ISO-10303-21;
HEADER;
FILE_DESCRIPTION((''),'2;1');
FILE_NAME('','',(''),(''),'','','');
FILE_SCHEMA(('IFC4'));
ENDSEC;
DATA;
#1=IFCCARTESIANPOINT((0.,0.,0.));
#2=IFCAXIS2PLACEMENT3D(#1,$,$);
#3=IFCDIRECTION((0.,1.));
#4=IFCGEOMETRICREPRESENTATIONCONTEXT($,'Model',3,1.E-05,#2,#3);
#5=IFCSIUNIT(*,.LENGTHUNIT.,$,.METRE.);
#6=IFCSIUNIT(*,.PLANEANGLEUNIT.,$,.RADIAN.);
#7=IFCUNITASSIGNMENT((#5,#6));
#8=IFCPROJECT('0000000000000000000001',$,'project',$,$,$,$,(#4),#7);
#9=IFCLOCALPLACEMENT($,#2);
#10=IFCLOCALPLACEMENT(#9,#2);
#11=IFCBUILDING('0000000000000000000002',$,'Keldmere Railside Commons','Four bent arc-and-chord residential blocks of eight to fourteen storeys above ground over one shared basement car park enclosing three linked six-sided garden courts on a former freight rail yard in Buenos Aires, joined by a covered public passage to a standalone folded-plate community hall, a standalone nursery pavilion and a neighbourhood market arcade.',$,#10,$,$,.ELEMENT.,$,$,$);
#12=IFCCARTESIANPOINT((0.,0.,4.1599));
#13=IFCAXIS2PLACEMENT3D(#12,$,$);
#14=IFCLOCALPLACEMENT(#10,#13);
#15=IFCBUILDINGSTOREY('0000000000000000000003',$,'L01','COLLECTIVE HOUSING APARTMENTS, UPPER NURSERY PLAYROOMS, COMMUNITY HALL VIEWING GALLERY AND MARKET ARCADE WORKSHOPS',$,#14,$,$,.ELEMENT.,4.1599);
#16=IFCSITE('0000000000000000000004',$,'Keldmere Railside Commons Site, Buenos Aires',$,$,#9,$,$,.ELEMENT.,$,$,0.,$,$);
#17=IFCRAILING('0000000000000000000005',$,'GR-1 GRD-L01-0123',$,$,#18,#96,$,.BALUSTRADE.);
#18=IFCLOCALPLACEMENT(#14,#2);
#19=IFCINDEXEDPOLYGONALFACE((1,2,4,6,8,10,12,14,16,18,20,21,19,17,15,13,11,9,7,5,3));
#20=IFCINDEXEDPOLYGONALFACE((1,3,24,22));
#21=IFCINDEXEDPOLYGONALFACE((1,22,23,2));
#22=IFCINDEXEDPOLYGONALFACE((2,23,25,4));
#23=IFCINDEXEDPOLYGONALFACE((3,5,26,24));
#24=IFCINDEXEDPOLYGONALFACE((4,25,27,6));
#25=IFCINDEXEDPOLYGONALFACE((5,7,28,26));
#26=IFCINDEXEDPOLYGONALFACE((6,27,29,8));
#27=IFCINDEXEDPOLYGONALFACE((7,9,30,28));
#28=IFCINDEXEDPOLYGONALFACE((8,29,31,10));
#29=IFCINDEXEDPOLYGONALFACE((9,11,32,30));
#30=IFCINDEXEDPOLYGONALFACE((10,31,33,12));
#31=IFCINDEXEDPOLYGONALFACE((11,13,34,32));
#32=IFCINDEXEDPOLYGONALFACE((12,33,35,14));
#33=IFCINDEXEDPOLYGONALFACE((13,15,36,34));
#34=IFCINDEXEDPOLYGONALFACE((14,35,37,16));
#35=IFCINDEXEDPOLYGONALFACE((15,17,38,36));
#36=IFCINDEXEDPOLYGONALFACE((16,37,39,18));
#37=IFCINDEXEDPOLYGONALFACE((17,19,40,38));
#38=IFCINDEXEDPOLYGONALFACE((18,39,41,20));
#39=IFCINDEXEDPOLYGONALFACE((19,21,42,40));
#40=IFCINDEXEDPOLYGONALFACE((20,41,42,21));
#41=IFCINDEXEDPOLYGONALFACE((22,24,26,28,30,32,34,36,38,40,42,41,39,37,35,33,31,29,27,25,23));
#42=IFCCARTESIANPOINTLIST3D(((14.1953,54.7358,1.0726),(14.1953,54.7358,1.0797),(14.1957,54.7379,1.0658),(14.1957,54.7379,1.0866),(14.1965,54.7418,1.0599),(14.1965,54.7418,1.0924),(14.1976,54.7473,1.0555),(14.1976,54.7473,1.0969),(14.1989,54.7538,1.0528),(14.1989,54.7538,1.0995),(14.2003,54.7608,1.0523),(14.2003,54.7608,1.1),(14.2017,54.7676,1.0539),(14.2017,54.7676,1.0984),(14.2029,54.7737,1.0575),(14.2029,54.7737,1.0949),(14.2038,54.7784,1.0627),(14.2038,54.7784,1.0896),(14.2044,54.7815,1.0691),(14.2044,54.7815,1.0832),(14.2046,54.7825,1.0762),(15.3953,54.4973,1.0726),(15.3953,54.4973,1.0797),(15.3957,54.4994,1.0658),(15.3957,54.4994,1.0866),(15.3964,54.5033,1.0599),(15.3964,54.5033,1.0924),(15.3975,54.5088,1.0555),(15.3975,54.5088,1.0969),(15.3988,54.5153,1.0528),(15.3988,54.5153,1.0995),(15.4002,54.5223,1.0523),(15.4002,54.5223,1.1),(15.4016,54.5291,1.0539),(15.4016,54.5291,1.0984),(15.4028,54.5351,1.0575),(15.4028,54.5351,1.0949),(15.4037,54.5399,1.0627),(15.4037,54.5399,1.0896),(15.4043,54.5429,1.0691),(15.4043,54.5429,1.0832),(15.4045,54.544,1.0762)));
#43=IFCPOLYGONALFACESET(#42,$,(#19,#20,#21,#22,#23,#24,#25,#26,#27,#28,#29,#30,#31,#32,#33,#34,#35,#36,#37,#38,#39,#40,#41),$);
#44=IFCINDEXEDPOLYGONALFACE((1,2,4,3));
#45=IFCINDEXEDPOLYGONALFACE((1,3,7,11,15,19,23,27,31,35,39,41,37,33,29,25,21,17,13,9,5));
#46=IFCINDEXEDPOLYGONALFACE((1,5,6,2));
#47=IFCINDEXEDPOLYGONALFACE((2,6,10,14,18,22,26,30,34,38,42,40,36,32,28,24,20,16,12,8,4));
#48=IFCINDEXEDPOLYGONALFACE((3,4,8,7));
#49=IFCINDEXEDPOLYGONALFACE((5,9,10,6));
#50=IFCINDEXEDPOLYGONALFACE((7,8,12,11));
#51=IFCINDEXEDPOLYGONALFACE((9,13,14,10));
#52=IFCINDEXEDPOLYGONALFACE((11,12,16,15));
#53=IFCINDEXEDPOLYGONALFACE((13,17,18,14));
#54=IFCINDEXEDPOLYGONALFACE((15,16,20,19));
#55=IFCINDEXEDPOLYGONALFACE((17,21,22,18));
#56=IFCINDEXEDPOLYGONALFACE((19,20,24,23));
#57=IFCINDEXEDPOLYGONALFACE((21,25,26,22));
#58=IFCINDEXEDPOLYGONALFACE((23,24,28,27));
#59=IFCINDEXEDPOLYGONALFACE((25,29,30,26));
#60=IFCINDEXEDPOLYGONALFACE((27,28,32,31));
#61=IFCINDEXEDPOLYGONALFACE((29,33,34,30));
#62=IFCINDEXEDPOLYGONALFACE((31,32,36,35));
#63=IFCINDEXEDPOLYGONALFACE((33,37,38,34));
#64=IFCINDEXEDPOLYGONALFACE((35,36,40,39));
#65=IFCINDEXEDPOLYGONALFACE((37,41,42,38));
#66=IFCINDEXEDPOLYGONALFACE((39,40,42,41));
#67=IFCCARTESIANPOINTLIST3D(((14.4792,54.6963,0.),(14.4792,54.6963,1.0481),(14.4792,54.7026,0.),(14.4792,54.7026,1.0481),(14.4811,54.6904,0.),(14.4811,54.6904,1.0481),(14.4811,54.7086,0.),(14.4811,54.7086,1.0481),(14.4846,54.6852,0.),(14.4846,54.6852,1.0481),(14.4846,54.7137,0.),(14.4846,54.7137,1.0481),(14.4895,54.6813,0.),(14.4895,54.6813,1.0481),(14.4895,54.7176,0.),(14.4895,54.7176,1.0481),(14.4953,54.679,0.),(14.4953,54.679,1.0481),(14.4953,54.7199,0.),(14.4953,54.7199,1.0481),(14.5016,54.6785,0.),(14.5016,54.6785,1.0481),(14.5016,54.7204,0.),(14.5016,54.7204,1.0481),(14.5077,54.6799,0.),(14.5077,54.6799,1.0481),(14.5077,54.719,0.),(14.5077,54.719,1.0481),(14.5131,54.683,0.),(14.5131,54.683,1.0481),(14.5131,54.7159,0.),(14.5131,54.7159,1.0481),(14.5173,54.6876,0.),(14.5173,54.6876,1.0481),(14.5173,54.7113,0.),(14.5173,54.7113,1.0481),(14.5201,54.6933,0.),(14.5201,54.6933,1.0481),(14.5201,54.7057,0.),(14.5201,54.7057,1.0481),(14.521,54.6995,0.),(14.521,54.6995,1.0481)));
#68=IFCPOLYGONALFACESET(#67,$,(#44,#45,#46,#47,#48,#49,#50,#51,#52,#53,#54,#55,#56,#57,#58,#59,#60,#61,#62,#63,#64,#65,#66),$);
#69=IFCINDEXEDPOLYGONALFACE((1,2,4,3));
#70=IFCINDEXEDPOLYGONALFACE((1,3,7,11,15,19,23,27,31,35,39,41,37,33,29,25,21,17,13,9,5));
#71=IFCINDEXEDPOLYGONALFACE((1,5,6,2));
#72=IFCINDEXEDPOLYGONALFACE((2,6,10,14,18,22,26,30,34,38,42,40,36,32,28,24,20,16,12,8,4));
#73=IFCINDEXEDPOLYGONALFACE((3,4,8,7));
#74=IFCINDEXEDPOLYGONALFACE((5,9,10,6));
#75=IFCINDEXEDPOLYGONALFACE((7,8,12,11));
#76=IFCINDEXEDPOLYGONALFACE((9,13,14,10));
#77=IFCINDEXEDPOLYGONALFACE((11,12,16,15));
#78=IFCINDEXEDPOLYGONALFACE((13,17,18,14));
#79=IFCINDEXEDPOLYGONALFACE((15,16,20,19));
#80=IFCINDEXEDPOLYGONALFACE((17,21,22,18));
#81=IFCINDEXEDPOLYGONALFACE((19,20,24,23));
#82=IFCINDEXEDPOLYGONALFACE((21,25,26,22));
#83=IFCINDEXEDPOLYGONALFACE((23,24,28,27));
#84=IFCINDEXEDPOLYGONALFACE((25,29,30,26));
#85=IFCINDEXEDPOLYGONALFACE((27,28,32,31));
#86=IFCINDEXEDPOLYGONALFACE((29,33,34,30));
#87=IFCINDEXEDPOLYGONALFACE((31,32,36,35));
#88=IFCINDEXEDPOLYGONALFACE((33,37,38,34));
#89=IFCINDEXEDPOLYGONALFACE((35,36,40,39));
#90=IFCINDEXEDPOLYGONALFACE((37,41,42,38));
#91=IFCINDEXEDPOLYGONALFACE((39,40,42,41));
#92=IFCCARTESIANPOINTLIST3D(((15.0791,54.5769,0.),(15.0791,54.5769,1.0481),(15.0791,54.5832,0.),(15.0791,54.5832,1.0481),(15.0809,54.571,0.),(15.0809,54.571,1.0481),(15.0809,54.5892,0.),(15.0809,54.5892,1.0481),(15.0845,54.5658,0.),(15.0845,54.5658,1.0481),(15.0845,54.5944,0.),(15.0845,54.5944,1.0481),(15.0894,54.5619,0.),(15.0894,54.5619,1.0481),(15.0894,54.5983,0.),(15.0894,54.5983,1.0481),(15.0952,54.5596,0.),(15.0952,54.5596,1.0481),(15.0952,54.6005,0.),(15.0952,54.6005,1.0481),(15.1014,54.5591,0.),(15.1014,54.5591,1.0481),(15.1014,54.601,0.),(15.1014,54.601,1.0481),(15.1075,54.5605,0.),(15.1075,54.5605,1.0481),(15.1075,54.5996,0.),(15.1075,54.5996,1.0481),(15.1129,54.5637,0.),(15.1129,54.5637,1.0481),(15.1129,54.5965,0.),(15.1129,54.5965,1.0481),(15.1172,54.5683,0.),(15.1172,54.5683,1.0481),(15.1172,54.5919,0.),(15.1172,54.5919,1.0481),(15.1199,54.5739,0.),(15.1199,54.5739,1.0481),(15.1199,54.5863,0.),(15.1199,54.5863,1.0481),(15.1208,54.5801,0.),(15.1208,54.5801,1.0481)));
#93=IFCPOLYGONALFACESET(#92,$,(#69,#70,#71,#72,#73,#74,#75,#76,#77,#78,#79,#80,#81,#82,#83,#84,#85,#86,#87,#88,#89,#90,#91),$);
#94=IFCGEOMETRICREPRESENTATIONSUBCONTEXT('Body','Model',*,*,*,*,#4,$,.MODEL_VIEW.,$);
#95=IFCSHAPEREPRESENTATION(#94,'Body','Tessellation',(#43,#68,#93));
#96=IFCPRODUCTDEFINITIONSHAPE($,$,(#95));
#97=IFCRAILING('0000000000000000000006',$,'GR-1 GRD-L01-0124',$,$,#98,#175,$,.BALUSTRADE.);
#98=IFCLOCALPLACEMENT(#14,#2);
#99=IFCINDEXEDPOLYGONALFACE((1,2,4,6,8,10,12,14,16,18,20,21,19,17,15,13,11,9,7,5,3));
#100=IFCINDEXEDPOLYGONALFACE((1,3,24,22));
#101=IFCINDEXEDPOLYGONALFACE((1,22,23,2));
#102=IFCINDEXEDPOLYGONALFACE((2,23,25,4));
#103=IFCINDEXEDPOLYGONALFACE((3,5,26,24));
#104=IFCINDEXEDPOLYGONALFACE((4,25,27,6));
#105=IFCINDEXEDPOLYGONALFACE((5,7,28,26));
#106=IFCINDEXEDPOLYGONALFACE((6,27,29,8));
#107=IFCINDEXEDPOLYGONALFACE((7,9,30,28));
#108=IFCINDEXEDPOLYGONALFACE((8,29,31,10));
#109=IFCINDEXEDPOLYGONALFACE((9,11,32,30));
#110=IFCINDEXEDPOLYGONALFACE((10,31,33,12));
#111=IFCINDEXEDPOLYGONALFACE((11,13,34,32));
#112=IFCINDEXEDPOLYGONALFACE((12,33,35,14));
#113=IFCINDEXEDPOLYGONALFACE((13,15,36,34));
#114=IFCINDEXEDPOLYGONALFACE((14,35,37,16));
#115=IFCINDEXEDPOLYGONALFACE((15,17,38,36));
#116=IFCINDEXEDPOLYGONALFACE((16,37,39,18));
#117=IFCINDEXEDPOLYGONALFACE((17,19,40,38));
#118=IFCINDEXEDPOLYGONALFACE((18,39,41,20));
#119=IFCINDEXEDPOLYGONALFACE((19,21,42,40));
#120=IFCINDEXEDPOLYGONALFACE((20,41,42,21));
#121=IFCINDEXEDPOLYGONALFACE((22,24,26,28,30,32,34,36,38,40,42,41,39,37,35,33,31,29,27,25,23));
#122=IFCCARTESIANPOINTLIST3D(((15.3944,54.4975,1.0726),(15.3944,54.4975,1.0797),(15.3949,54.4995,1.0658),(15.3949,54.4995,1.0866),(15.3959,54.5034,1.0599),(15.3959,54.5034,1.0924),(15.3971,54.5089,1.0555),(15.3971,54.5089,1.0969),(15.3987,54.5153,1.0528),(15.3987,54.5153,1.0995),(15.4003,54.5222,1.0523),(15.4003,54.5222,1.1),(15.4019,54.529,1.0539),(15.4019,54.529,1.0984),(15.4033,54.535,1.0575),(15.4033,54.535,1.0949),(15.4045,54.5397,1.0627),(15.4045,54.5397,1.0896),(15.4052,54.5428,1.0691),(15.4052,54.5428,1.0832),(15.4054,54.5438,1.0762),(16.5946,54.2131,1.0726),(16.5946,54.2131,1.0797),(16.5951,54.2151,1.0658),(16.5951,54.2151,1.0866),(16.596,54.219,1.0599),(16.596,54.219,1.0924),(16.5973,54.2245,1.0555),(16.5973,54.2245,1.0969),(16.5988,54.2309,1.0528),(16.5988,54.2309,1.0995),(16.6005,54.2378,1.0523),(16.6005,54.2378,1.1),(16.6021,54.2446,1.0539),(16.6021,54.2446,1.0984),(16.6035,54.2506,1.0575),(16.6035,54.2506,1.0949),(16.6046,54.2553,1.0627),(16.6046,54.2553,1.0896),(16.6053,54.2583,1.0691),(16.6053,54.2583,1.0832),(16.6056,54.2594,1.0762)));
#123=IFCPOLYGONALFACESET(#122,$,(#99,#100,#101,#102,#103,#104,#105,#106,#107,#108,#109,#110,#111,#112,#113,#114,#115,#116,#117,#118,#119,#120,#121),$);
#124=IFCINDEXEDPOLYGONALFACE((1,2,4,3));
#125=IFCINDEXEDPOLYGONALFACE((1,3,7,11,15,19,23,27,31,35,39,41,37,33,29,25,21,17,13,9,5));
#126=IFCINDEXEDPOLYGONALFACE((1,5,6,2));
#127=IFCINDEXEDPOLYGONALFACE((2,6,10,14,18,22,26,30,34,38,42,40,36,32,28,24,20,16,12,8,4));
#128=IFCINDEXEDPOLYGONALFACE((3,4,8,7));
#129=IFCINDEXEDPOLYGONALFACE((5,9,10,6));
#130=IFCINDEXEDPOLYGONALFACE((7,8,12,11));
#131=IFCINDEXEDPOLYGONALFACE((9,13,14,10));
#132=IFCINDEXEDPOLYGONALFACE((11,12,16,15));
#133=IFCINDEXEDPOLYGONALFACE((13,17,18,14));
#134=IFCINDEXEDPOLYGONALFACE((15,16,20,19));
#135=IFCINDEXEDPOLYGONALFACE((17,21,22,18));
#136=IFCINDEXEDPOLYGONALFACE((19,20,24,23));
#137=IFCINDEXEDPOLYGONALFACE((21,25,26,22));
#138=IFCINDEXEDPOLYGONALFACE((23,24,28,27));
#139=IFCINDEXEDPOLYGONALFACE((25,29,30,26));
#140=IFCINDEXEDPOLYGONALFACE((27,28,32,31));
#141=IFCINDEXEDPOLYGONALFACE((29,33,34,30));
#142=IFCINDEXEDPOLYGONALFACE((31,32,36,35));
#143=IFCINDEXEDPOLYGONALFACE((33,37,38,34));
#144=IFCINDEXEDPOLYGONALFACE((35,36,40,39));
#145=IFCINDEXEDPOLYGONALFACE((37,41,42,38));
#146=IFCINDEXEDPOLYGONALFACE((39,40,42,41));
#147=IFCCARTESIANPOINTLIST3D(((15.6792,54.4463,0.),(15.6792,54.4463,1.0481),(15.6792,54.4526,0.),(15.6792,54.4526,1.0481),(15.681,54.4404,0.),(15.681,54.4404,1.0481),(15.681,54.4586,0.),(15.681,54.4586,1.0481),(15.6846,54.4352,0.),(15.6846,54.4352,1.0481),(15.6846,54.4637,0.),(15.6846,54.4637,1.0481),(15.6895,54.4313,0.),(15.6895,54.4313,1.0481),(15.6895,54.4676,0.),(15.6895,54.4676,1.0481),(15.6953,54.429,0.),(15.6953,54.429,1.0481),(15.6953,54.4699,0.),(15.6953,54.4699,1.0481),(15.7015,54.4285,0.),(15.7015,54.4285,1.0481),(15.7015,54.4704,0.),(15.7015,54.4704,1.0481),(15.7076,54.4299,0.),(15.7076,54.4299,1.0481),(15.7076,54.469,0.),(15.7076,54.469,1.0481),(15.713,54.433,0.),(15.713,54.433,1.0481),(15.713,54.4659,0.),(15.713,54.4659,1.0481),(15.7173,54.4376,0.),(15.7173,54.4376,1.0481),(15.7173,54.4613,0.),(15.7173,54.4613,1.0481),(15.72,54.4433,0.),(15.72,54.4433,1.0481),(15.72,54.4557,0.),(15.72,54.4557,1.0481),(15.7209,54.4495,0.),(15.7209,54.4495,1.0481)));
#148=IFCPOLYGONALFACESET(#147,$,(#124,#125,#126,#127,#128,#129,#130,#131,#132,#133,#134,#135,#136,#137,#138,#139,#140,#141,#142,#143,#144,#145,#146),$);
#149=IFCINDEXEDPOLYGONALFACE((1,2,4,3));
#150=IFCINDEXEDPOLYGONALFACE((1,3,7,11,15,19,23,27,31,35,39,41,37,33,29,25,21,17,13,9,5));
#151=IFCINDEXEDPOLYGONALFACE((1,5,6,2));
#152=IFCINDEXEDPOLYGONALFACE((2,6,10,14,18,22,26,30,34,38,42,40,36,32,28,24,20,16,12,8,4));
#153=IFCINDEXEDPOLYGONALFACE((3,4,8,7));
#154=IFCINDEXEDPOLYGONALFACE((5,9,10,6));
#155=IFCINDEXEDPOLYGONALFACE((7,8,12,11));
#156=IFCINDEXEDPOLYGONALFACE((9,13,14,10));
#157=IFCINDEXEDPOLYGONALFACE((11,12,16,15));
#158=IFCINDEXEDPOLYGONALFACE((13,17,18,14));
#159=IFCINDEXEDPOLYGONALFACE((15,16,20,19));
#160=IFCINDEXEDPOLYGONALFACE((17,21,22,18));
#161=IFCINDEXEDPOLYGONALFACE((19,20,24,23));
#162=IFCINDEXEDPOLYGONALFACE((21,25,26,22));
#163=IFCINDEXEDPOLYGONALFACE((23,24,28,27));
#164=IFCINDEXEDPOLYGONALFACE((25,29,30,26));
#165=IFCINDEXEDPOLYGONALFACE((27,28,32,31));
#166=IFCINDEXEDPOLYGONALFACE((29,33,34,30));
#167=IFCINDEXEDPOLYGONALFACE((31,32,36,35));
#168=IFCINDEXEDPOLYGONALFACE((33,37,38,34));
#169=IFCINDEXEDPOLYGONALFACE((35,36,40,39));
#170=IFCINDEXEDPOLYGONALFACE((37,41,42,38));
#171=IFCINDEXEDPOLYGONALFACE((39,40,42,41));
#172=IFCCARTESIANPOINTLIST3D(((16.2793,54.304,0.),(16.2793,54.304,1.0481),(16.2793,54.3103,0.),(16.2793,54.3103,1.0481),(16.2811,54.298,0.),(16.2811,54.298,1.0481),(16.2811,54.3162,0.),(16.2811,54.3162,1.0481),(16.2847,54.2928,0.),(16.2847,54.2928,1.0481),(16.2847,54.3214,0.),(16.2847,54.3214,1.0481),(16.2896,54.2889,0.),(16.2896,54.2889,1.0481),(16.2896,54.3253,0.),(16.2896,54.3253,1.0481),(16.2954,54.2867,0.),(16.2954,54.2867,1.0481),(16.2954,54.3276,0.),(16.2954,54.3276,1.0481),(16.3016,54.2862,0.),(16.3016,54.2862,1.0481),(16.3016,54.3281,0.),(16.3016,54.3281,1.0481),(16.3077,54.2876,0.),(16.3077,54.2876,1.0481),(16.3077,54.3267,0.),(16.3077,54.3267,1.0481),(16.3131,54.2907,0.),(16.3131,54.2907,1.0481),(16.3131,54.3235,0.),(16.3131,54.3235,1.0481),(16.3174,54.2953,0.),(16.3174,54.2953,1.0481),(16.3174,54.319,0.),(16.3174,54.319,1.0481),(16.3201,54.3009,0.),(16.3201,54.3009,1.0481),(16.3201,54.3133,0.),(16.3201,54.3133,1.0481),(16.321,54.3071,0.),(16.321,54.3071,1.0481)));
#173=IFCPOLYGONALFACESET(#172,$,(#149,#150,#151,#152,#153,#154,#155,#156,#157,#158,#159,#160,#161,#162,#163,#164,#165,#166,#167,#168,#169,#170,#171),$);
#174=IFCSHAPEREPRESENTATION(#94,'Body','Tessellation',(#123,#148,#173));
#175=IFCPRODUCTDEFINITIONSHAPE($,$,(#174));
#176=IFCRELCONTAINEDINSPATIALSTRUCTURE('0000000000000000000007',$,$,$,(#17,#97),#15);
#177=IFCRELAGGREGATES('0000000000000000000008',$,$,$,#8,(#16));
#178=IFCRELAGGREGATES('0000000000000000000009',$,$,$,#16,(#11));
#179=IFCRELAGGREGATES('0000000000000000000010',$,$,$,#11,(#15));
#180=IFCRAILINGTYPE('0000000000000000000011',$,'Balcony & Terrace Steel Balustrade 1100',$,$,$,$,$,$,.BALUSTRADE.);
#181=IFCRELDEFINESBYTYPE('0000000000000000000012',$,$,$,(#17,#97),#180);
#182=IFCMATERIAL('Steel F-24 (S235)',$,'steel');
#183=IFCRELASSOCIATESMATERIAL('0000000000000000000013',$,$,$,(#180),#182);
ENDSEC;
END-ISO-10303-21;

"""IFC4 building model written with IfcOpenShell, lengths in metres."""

from ifc_helpers import new_model, si_unit, direction, frame, origin, origin_2d, place, context, subcontext, project, spatial, circle, extrude, material, type_object, element, save


model = new_model("IFC4")

# Units and contexts
model_context = context("Model", 3, precision=1e-05, world=origin(), true_north=direction((0.0, 1.0)))
body_context = subcontext(model_context, "Body", "Model", "MODEL_VIEW")
ifc_project = project(units=[si_unit("LENGTHUNIT", "METRE"), si_unit("PLANEANGLEUNIT", "RADIAN")], contexts=[model_context])

# Site, building, storey
site_placement = place(None, origin())
site = spatial("IfcSite", under=ifc_project, at=site_placement, Name="Keldmere Railside Commons Site, Buenos Aires", CompositionType="ELEMENT", RefElevation=0.0)
building_placement = place(site_placement, origin())
building = spatial("IfcBuilding", under=site, at=building_placement, Name="Keldmere Railside Commons", Description="Four bent arc-and-chord residential blocks of eight to fourteen storeys above ground over one shared basement car park enclosing three linked six-sided garden courts on a former freight rail yard in Buenos Aires, joined by a covered public passage to a standalone folded-plate community hall, a standalone nursery pavilion and a neighbourhood market arcade.", CompositionType="ELEMENT")
storey_placement = place(building_placement, frame((0.0, 0.0, 4.1599)))
storey = spatial("IfcBuildingStorey", under=building, at=storey_placement, Name="L01", Description="COLLECTIVE HOUSING APARTMENTS, UPPER NURSERY PLAYROOMS, COMMUNITY HALL VIEWING GALLERY AND MARKET ARCADE WORKSHOPS", CompositionType="ELEMENT", Elevation=4.1599)

# Shared definitions
ifc_material_1 = material(Name="Steel F-24 (S235)", Category="steel")

# Railings
railing_type = type_object("IfcRailingType", Name="Balcony & Terrace Steel Balustrade 1100", PredefinedType="BALUSTRADE", material=ifc_material_1)
railing_1_placement = place(storey_placement, frame((14.2, 54.759, 0.0)))
element("IfcRailing", 1, at=railing_1_placement, inside=storey, type_object=railing_type, Name="GR-1 GRD-L01-0123", PredefinedType="BALUSTRADE", context=body_context, shape_type="SweptSolid", body=[
    extrude(circle(Radius=0.0239, at=origin_2d()), frame((0.0, 0.0, 1.0762), z_axis=(0.98081, -0.194965, 0.0), x_axis=(0.194965, 0.98081, 0.0)), (0.0, 0.0, 1.0), 1.2234),
    extrude(circle(Radius=0.021, at=origin_2d()), frame((0.3, -0.0596, 0.0)), (0.0, 0.0, 1.0), 1.0481),
    extrude(circle(Radius=0.021, at=origin_2d()), frame((0.8999, -0.179, 0.0)), (0.0, 0.0, 1.0), 1.0481),
])
railing_2_placement = place(storey_placement, frame((15.3999, 54.5205, 0.0)))
element("IfcRailing", 2, at=railing_2_placement, inside=storey, type_object=railing_type, Name="GR-1 GRD-L01-0124", PredefinedType="BALUSTRADE", context=body_context, shape_type="SweptSolid", body=[
    extrude(circle(Radius=0.0239, at=origin_2d()), frame((0.0, 0.0, 1.0762), z_axis=(0.97305, -0.230595, 0.0), x_axis=(0.230595, 0.97305, 0.0)), (0.0, 0.0, 1.0), 1.2334),
    extrude(circle(Radius=0.021, at=origin_2d()), frame((0.3, -0.071, 0.0)), (0.0, 0.0, 1.0), 1.0481),
    extrude(circle(Radius=0.021, at=origin_2d()), frame((0.9001, -0.2134, 0.0)), (0.0, 0.0, 1.0), 1.0481),
])

save(model, "model.ifc")
